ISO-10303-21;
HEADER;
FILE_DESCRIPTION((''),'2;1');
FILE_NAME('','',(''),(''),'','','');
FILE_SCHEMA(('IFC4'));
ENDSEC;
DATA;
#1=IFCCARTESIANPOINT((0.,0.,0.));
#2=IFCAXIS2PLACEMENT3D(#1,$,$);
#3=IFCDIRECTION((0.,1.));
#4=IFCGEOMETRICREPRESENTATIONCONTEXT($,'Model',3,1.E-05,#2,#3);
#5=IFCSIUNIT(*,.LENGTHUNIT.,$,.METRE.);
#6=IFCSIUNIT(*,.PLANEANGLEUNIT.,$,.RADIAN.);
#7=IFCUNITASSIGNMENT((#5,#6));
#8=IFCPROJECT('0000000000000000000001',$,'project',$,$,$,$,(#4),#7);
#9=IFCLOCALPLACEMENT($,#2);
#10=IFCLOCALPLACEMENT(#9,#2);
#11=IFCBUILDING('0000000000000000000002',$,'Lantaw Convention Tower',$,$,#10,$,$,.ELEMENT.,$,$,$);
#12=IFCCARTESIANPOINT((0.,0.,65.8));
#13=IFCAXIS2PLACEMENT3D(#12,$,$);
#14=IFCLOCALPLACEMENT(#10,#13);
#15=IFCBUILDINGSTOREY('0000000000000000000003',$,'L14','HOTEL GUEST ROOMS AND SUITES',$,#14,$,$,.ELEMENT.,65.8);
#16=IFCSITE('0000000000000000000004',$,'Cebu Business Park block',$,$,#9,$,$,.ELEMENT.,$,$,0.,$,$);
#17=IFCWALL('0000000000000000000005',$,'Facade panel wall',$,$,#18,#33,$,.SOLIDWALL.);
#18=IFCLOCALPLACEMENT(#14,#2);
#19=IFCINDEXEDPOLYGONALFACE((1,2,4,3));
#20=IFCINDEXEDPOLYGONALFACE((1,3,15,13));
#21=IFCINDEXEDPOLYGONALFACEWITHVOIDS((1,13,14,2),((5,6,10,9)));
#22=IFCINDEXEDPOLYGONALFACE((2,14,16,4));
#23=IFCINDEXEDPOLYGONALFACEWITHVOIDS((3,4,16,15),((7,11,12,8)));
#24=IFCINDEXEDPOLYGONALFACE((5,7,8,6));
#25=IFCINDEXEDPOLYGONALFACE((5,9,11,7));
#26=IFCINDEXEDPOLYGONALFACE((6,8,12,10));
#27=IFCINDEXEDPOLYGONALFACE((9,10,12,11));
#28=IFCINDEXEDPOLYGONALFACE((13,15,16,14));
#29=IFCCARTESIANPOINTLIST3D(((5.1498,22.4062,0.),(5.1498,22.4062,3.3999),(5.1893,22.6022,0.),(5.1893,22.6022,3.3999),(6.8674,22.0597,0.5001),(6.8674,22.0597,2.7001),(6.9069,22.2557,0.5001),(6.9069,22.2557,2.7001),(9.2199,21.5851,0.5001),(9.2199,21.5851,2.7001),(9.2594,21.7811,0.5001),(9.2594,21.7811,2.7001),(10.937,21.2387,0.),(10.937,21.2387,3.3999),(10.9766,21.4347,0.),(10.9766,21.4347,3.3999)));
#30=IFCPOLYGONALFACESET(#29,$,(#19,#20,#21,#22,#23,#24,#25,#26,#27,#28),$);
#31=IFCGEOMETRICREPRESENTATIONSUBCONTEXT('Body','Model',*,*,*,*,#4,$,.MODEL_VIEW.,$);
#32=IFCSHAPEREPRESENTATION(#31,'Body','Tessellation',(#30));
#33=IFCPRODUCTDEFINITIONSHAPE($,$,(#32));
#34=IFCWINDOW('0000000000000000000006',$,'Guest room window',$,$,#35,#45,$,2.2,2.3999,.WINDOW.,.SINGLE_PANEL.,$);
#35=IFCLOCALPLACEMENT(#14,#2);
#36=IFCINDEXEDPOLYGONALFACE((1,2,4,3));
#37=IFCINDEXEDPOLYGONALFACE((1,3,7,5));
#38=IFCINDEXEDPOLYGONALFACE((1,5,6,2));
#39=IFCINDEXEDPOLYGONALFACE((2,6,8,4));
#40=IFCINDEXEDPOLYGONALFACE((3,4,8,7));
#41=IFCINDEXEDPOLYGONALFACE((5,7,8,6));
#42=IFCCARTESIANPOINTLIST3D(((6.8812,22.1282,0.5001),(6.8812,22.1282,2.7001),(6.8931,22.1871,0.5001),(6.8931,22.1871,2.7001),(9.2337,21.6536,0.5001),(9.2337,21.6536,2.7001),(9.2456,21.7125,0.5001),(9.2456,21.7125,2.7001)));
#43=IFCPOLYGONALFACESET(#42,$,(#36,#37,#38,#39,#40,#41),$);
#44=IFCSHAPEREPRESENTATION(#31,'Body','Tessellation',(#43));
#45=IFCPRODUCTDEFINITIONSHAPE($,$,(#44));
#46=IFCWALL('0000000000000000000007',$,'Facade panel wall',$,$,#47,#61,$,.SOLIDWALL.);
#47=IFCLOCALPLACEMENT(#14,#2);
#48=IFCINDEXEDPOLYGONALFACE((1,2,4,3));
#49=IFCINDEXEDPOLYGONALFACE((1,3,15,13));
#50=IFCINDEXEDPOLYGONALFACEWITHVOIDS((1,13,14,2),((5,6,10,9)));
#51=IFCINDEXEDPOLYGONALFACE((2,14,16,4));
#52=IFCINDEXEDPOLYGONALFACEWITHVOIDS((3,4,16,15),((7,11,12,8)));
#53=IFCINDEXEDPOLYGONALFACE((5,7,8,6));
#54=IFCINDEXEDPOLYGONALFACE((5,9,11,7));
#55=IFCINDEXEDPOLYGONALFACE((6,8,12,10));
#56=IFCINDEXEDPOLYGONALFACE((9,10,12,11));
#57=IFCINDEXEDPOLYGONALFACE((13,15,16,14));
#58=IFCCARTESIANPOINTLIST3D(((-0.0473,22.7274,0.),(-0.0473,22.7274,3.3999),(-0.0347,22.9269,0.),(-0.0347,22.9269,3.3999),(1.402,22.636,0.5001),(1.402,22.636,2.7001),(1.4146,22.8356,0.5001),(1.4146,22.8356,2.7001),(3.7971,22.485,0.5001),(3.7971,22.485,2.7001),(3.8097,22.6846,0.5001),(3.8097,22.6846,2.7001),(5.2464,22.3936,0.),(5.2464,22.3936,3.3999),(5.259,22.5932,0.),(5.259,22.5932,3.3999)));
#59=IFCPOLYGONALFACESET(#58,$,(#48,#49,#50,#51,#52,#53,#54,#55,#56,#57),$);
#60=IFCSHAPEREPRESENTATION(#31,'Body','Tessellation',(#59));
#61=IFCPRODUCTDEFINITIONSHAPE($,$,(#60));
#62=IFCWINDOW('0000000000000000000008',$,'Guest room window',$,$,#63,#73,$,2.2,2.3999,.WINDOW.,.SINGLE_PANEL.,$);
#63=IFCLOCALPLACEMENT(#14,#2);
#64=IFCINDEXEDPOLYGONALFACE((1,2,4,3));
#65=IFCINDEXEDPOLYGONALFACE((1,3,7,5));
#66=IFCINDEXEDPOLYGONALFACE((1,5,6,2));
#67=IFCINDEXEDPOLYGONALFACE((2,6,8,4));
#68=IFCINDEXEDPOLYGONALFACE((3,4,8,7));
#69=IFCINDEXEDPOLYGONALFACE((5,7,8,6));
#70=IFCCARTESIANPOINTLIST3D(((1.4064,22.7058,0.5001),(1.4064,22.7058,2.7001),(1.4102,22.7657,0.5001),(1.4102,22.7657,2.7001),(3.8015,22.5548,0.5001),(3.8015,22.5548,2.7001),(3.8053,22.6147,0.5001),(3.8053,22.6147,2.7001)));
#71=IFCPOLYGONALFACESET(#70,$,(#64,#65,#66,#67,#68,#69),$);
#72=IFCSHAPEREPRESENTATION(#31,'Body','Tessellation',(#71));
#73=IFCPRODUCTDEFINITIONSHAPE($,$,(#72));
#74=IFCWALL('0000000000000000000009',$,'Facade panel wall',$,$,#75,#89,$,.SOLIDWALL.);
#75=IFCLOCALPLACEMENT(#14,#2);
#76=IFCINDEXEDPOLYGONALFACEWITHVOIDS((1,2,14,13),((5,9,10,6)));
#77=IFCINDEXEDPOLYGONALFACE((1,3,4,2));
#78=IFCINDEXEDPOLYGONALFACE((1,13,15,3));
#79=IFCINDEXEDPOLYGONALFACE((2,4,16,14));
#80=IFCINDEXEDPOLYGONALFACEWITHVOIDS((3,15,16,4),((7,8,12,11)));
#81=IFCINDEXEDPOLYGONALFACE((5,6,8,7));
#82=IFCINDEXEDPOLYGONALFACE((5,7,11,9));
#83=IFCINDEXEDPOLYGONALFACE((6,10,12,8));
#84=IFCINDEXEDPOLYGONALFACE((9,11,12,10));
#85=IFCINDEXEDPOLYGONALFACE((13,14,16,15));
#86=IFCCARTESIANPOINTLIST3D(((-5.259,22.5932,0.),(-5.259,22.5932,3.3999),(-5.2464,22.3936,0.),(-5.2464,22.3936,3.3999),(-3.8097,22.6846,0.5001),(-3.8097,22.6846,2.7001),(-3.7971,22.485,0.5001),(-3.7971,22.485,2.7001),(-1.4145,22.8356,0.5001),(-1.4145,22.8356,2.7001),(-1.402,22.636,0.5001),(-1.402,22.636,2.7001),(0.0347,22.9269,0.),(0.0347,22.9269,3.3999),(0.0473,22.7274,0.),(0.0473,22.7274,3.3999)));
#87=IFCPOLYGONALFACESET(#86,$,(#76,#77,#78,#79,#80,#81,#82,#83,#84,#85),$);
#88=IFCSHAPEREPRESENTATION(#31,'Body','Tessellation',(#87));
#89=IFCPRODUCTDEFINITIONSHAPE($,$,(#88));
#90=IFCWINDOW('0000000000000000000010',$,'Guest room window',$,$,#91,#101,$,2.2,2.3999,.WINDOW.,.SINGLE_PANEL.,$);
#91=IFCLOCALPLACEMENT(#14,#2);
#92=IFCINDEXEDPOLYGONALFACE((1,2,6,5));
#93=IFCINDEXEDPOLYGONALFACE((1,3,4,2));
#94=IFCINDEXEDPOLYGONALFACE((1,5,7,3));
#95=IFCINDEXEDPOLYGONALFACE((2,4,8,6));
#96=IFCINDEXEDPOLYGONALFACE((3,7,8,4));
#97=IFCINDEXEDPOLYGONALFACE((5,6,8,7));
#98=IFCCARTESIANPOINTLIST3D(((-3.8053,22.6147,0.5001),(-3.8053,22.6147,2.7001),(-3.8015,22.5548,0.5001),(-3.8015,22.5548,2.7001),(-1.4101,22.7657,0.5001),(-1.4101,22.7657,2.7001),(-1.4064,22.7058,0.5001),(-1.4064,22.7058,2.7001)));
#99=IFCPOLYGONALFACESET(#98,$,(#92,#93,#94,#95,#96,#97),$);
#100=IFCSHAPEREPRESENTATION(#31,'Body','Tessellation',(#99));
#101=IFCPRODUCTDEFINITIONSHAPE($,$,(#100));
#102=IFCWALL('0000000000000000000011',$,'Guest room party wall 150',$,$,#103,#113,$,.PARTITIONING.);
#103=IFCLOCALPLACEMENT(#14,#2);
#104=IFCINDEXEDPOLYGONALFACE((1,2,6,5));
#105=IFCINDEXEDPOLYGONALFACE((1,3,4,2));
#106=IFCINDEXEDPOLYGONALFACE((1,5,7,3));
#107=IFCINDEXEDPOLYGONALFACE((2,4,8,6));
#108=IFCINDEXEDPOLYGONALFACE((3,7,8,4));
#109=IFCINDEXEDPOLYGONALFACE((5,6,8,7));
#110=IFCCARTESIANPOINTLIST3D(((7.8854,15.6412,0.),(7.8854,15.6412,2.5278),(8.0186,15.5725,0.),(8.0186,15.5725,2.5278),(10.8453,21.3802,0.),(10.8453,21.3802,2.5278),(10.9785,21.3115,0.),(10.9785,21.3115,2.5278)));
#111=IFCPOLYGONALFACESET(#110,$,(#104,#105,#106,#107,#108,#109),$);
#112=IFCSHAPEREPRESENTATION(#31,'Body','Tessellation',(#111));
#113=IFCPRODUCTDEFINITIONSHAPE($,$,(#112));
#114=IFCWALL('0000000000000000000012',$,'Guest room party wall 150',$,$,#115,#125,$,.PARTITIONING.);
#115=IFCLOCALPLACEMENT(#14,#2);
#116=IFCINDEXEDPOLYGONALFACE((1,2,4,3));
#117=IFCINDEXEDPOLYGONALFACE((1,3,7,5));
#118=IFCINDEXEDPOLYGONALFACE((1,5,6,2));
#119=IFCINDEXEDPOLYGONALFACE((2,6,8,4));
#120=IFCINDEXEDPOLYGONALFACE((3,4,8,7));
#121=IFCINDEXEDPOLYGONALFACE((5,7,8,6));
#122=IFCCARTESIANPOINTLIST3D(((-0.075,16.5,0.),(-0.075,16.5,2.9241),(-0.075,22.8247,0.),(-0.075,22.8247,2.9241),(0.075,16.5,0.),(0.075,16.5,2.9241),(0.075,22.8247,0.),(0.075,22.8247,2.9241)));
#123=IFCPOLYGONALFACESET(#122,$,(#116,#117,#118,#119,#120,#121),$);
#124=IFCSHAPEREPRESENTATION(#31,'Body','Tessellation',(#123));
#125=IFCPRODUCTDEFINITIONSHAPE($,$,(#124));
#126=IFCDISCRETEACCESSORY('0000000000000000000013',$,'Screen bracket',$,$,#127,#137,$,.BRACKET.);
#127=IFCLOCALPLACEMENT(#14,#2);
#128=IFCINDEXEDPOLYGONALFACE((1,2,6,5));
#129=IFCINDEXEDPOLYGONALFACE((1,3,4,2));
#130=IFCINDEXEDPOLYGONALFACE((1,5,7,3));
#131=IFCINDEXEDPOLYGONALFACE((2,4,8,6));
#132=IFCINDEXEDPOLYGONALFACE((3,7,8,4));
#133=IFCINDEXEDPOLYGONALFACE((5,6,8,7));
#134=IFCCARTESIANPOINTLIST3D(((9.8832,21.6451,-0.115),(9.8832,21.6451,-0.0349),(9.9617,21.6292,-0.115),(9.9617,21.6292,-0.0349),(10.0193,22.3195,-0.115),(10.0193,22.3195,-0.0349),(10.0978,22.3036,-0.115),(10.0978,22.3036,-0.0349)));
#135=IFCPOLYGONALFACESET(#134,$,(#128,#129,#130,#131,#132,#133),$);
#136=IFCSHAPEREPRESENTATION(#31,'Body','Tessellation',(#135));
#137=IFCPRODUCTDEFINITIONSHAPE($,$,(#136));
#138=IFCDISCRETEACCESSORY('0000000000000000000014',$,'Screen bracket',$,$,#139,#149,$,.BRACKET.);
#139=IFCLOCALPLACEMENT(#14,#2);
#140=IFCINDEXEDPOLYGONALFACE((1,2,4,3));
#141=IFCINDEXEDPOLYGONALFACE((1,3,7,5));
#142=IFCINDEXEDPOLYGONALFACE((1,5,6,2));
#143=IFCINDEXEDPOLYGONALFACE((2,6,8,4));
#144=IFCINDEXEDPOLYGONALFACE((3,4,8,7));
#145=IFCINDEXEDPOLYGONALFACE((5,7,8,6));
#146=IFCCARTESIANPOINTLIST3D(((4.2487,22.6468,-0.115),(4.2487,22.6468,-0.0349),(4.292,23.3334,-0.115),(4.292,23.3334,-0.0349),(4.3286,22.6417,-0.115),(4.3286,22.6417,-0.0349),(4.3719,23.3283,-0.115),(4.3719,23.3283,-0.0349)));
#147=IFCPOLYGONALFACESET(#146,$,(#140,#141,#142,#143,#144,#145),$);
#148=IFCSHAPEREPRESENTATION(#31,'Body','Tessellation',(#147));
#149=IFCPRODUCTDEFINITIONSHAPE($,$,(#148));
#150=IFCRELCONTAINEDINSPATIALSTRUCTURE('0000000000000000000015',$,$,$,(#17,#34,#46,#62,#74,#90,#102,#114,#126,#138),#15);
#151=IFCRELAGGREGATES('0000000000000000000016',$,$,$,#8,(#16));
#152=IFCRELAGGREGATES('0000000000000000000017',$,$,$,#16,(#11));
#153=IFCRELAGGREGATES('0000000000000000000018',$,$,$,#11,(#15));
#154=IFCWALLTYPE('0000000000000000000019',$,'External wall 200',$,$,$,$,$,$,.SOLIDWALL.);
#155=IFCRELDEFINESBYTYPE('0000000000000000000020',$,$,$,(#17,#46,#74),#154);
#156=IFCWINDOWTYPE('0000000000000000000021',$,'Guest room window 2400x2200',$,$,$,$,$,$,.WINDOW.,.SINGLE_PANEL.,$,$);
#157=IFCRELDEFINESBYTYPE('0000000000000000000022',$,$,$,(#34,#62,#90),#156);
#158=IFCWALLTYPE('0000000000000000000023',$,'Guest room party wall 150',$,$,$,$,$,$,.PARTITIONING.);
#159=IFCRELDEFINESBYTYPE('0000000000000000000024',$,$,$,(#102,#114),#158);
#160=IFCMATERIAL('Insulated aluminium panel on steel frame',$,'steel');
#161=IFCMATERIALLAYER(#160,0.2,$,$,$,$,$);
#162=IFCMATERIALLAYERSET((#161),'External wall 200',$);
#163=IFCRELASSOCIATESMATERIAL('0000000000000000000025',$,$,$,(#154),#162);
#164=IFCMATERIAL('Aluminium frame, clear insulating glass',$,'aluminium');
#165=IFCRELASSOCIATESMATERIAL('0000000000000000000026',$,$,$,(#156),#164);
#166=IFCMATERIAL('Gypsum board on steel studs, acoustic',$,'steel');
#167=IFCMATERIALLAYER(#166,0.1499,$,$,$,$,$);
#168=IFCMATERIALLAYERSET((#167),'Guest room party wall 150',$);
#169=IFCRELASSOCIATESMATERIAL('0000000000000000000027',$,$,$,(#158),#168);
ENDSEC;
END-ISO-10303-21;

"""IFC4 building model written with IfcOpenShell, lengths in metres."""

from ifc_helpers import new_model, si_unit, direction, frame, frame_2d, origin, origin_2d, place, context, subcontext, project, spatial, rectangle, extrude, material, layer, layer_set, type_object, element, fill, save


model = new_model("IFC4")

# Units and contexts
model_context = context("Model", 3, precision=1e-05, world=origin(), true_north=direction((0.0, 1.0)))
body_context = subcontext(model_context, "Body", "Model", "MODEL_VIEW")
ifc_project = project(units=[si_unit("LENGTHUNIT", "METRE"), si_unit("PLANEANGLEUNIT", "RADIAN")], contexts=[model_context])

# Site, building, storey
site_placement = place(None, origin())
site = spatial("IfcSite", under=ifc_project, at=site_placement, Name="Cebu Business Park block", CompositionType="ELEMENT", RefElevation=0.0)
building_placement = place(site_placement, origin())
building = spatial("IfcBuilding", under=site, at=building_placement, Name="Lantaw Convention Tower", CompositionType="ELEMENT")
storey_placement = place(building_placement, frame((0.0, 0.0, 65.8)))
storey = spatial("IfcBuildingStorey", under=building, at=storey_placement, Name="L14", Description="HOTEL GUEST ROOMS AND SUITES", CompositionType="ELEMENT", Elevation=65.8)

# Walls, openings, windows
ifc_material_1 = material(Name="Insulated aluminium panel on steel frame", Category="steel")
ifc_layer_1 = layer(ifc_material_1, 0.2)
ifc_layer_set_1 = layer_set([ifc_layer_1], Name="External wall 200")
wall_type_1 = type_object("IfcWallType", Name="External wall 200", PredefinedType="SOLIDWALL", material=ifc_layer_set_1)
wall_1_placement = place(storey_placement, frame((10.9568, 21.3367, 0.0), z_axis=(0.0, 0.0, 1.0), x_axis=(-0.980252, 0.197754, 0.0)))
wall_1 = element("IfcWall", 1, at=wall_1_placement, inside=storey, type_object=wall_type_1, Name="Facade panel wall", PredefinedType="SOLIDWALL", context=body_context, shape_type="SweptSolid", body=[
    extrude(rectangle(XDim=5.9038, YDim=0.2, at=frame_2d((2.9519, 0.0))), origin(), (0.0, 0.0, 1.0), 3.3999),
])
opening_1_placement = place(wall_1_placement, frame((1.7517, 0.0, 0.5)))
opening_1 = element("IfcOpeningElement", 2, at=opening_1_placement, cuts=wall_1, PredefinedType="OPENING", context=body_context, shape_type="SweptSolid", body=[
    extrude(rectangle(XDim=2.3999, YDim=2.2, at=frame_2d((1.2, 1.1001))), frame((0.0, 0.1099, 0.0), z_axis=(0.0, -1.0, 0.0), x_axis=(1.0, 0.0, 0.0)), (0.0, 0.0, 1.0), 0.22),
])
ifc_material_2 = material(Name="Aluminium frame, clear insulating glass", Category="aluminium")
window_type = type_object("IfcWindowType", Name="Guest room window 2400x2200", PartitioningType="SINGLE_PANEL", PredefinedType="WINDOW", material=ifc_material_2)
window_1_placement = place(opening_1_placement, origin())
window_1 = element("IfcWindow", 3, at=window_1_placement, inside=storey, type_object=window_type, Name="Guest room window", OverallHeight=2.2, OverallWidth=2.3999, PartitioningType="SINGLE_PANEL", PredefinedType="WINDOW", context=body_context, shape_type="SweptSolid", body=[
    extrude(rectangle(XDim=2.3999, YDim=2.2, at=frame_2d((1.2, 1.1001))), frame((0.0, 0.03, 0.0), z_axis=(0.0, -1.0, 0.0), x_axis=(1.0, 0.0, 0.0)), (0.0, 0.0, 1.0), 0.0601),
])
fill(opening_1, window_1)
wall_2_placement = place(storey_placement, frame((5.2527, 22.4934, 0.0), z_axis=(0.0, 0.0, 1.0), x_axis=(-0.998019, 0.06292, 0.0)))
wall_2 = element("IfcWall", 4, at=wall_2_placement, inside=storey, type_object=wall_type_1, Name="Facade panel wall", PredefinedType="SOLIDWALL", context=body_context, shape_type="SweptSolid", body=[
    extrude(rectangle(XDim=5.3042, YDim=0.2, at=frame_2d((2.6521, 0.0))), origin(), (0.0, 0.0, 1.0), 3.3999),
])
opening_2_placement = place(wall_2_placement, frame((1.4521, 0.0, 0.5)))
opening_2 = element("IfcOpeningElement", 5, at=opening_2_placement, cuts=wall_2, PredefinedType="OPENING", context=body_context, shape_type="SweptSolid", body=[
    extrude(rectangle(XDim=2.3999, YDim=2.2, at=frame_2d((1.2, 1.1001))), frame((0.0, 0.1099, 0.0), z_axis=(0.0, -1.0, 0.0), x_axis=(1.0, 0.0, 0.0)), (0.0, 0.0, 1.0), 0.22),
])
window_2_placement = place(opening_2_placement, origin())
window_2 = element("IfcWindow", 6, at=window_2_placement, inside=storey, type_object=window_type, Name="Guest room window", OverallHeight=2.2, OverallWidth=2.3999, PartitioningType="SINGLE_PANEL", PredefinedType="WINDOW", context=body_context, shape_type="SweptSolid", body=[
    extrude(rectangle(XDim=2.3999, YDim=2.2, at=frame_2d((1.2, 1.1001))), frame((0.0, 0.03, 0.0), z_axis=(0.0, -1.0, 0.0), x_axis=(1.0, 0.0, 0.0)), (0.0, 0.0, 1.0), 0.0601),
])
fill(opening_2, window_2)
wall_3_placement = place(storey_placement, frame((0.041, 22.8271, 0.0), z_axis=(0.0, 0.0, 1.0), x_axis=(-0.998019, -0.06292, 0.0)))
wall_3 = element("IfcWall", 7, at=wall_3_placement, inside=storey, type_object=wall_type_1, Name="Facade panel wall", PredefinedType="SOLIDWALL", context=body_context, shape_type="SweptSolid", body=[
    extrude(rectangle(XDim=5.3042, YDim=0.2, at=frame_2d((2.6521, 0.0))), origin(), (0.0, 0.0, 1.0), 3.3999),
])
opening_3_placement = place(wall_3_placement, frame((1.4521, 0.0, 0.5)))
opening_3 = element("IfcOpeningElement", 8, at=opening_3_placement, cuts=wall_3, PredefinedType="OPENING", context=body_context, shape_type="SweptSolid", body=[
    extrude(rectangle(XDim=2.3999, YDim=2.2, at=frame_2d((1.2, 1.1001))), frame((0.0, 0.1099, 0.0), z_axis=(0.0, -1.0, 0.0), x_axis=(1.0, 0.0, 0.0)), (0.0, 0.0, 1.0), 0.22),
])
window_3_placement = place(opening_3_placement, origin())
window_3 = element("IfcWindow", 9, at=window_3_placement, inside=storey, type_object=window_type, Name="Guest room window", OverallHeight=2.2, OverallWidth=2.3999, PartitioningType="SINGLE_PANEL", PredefinedType="WINDOW", context=body_context, shape_type="SweptSolid", body=[
    extrude(rectangle(XDim=2.3999, YDim=2.2, at=frame_2d((1.2, 1.1001))), frame((0.0, 0.03, 0.0), z_axis=(0.0, -1.0, 0.0), x_axis=(1.0, 0.0, 0.0)), (0.0, 0.0, 1.0), 0.0601),
])
fill(opening_3, window_3)

# Walls
ifc_material_3 = material(Name="Gypsum board on steel studs, acoustic", Category="steel")
ifc_layer_2 = layer(ifc_material_3, 0.1499)
ifc_layer_set_2 = layer_set([ifc_layer_2], Name="Guest room party wall 150")
wall_type_2 = type_object("IfcWallType", Name="Guest room party wall 150", PredefinedType="PARTITIONING", material=ifc_layer_set_2)
wall_4_placement = place(storey_placement, frame((10.9119, 21.3457, 0.0), z_axis=(0.0, 0.0, 1.0), x_axis=(-0.458385, -0.888754, 0.0)))
element("IfcWall", 10, at=wall_4_placement, inside=storey, type_object=wall_type_2, Name="Guest room party wall 150", PredefinedType="PARTITIONING", context=body_context, shape_type="SweptSolid", body=[
    extrude(rectangle(XDim=6.4573, YDim=0.1499, at=frame_2d((3.2285, 0.0))), origin(), (0.0, 0.0, 1.0), 2.5278),
])
wall_5_placement = place(storey_placement, frame((0.0, 22.8247, 0.0), z_axis=(0.0, 0.0, 1.0), x_axis=(0.0, -1.0, 0.0)))
element("IfcWall", 11, at=wall_5_placement, inside=storey, type_object=wall_type_2, Name="Guest room party wall 150", PredefinedType="PARTITIONING", context=body_context, shape_type="SweptSolid", body=[
    extrude(rectangle(XDim=6.3247, YDim=0.1499, at=frame_2d((3.1624, 0.0))), origin(), (0.0, 0.0, 1.0), 2.9241),
])

# Discrete accessories
for number, where, z_axis, x_axis, name in (
    (12, (9.9905, 21.9744, -0.115), (0.0, 0.0, 1.0), (-0.980245, 0.197789, 0.0), "Screen bracket"),
    (13, (4.3103, 22.9875, -0.115), (0.0, 0.0, 1.0), (-0.998016, 0.062958, 0.0), "Screen bracket"),
):
    element("IfcDiscreteAccessory", number, at=place(storey_placement, frame(where, z_axis=z_axis, x_axis=x_axis)), inside=storey, Name=name, PredefinedType="BRACKET", context=body_context, shape_type="SweptSolid", body=[
        extrude(rectangle(XDim=0.0801, YDim=0.688, at=origin_2d()), origin(), (0.0, 0.0, 1.0), 0.0801),
    ])

save(model, "model.ifc")
